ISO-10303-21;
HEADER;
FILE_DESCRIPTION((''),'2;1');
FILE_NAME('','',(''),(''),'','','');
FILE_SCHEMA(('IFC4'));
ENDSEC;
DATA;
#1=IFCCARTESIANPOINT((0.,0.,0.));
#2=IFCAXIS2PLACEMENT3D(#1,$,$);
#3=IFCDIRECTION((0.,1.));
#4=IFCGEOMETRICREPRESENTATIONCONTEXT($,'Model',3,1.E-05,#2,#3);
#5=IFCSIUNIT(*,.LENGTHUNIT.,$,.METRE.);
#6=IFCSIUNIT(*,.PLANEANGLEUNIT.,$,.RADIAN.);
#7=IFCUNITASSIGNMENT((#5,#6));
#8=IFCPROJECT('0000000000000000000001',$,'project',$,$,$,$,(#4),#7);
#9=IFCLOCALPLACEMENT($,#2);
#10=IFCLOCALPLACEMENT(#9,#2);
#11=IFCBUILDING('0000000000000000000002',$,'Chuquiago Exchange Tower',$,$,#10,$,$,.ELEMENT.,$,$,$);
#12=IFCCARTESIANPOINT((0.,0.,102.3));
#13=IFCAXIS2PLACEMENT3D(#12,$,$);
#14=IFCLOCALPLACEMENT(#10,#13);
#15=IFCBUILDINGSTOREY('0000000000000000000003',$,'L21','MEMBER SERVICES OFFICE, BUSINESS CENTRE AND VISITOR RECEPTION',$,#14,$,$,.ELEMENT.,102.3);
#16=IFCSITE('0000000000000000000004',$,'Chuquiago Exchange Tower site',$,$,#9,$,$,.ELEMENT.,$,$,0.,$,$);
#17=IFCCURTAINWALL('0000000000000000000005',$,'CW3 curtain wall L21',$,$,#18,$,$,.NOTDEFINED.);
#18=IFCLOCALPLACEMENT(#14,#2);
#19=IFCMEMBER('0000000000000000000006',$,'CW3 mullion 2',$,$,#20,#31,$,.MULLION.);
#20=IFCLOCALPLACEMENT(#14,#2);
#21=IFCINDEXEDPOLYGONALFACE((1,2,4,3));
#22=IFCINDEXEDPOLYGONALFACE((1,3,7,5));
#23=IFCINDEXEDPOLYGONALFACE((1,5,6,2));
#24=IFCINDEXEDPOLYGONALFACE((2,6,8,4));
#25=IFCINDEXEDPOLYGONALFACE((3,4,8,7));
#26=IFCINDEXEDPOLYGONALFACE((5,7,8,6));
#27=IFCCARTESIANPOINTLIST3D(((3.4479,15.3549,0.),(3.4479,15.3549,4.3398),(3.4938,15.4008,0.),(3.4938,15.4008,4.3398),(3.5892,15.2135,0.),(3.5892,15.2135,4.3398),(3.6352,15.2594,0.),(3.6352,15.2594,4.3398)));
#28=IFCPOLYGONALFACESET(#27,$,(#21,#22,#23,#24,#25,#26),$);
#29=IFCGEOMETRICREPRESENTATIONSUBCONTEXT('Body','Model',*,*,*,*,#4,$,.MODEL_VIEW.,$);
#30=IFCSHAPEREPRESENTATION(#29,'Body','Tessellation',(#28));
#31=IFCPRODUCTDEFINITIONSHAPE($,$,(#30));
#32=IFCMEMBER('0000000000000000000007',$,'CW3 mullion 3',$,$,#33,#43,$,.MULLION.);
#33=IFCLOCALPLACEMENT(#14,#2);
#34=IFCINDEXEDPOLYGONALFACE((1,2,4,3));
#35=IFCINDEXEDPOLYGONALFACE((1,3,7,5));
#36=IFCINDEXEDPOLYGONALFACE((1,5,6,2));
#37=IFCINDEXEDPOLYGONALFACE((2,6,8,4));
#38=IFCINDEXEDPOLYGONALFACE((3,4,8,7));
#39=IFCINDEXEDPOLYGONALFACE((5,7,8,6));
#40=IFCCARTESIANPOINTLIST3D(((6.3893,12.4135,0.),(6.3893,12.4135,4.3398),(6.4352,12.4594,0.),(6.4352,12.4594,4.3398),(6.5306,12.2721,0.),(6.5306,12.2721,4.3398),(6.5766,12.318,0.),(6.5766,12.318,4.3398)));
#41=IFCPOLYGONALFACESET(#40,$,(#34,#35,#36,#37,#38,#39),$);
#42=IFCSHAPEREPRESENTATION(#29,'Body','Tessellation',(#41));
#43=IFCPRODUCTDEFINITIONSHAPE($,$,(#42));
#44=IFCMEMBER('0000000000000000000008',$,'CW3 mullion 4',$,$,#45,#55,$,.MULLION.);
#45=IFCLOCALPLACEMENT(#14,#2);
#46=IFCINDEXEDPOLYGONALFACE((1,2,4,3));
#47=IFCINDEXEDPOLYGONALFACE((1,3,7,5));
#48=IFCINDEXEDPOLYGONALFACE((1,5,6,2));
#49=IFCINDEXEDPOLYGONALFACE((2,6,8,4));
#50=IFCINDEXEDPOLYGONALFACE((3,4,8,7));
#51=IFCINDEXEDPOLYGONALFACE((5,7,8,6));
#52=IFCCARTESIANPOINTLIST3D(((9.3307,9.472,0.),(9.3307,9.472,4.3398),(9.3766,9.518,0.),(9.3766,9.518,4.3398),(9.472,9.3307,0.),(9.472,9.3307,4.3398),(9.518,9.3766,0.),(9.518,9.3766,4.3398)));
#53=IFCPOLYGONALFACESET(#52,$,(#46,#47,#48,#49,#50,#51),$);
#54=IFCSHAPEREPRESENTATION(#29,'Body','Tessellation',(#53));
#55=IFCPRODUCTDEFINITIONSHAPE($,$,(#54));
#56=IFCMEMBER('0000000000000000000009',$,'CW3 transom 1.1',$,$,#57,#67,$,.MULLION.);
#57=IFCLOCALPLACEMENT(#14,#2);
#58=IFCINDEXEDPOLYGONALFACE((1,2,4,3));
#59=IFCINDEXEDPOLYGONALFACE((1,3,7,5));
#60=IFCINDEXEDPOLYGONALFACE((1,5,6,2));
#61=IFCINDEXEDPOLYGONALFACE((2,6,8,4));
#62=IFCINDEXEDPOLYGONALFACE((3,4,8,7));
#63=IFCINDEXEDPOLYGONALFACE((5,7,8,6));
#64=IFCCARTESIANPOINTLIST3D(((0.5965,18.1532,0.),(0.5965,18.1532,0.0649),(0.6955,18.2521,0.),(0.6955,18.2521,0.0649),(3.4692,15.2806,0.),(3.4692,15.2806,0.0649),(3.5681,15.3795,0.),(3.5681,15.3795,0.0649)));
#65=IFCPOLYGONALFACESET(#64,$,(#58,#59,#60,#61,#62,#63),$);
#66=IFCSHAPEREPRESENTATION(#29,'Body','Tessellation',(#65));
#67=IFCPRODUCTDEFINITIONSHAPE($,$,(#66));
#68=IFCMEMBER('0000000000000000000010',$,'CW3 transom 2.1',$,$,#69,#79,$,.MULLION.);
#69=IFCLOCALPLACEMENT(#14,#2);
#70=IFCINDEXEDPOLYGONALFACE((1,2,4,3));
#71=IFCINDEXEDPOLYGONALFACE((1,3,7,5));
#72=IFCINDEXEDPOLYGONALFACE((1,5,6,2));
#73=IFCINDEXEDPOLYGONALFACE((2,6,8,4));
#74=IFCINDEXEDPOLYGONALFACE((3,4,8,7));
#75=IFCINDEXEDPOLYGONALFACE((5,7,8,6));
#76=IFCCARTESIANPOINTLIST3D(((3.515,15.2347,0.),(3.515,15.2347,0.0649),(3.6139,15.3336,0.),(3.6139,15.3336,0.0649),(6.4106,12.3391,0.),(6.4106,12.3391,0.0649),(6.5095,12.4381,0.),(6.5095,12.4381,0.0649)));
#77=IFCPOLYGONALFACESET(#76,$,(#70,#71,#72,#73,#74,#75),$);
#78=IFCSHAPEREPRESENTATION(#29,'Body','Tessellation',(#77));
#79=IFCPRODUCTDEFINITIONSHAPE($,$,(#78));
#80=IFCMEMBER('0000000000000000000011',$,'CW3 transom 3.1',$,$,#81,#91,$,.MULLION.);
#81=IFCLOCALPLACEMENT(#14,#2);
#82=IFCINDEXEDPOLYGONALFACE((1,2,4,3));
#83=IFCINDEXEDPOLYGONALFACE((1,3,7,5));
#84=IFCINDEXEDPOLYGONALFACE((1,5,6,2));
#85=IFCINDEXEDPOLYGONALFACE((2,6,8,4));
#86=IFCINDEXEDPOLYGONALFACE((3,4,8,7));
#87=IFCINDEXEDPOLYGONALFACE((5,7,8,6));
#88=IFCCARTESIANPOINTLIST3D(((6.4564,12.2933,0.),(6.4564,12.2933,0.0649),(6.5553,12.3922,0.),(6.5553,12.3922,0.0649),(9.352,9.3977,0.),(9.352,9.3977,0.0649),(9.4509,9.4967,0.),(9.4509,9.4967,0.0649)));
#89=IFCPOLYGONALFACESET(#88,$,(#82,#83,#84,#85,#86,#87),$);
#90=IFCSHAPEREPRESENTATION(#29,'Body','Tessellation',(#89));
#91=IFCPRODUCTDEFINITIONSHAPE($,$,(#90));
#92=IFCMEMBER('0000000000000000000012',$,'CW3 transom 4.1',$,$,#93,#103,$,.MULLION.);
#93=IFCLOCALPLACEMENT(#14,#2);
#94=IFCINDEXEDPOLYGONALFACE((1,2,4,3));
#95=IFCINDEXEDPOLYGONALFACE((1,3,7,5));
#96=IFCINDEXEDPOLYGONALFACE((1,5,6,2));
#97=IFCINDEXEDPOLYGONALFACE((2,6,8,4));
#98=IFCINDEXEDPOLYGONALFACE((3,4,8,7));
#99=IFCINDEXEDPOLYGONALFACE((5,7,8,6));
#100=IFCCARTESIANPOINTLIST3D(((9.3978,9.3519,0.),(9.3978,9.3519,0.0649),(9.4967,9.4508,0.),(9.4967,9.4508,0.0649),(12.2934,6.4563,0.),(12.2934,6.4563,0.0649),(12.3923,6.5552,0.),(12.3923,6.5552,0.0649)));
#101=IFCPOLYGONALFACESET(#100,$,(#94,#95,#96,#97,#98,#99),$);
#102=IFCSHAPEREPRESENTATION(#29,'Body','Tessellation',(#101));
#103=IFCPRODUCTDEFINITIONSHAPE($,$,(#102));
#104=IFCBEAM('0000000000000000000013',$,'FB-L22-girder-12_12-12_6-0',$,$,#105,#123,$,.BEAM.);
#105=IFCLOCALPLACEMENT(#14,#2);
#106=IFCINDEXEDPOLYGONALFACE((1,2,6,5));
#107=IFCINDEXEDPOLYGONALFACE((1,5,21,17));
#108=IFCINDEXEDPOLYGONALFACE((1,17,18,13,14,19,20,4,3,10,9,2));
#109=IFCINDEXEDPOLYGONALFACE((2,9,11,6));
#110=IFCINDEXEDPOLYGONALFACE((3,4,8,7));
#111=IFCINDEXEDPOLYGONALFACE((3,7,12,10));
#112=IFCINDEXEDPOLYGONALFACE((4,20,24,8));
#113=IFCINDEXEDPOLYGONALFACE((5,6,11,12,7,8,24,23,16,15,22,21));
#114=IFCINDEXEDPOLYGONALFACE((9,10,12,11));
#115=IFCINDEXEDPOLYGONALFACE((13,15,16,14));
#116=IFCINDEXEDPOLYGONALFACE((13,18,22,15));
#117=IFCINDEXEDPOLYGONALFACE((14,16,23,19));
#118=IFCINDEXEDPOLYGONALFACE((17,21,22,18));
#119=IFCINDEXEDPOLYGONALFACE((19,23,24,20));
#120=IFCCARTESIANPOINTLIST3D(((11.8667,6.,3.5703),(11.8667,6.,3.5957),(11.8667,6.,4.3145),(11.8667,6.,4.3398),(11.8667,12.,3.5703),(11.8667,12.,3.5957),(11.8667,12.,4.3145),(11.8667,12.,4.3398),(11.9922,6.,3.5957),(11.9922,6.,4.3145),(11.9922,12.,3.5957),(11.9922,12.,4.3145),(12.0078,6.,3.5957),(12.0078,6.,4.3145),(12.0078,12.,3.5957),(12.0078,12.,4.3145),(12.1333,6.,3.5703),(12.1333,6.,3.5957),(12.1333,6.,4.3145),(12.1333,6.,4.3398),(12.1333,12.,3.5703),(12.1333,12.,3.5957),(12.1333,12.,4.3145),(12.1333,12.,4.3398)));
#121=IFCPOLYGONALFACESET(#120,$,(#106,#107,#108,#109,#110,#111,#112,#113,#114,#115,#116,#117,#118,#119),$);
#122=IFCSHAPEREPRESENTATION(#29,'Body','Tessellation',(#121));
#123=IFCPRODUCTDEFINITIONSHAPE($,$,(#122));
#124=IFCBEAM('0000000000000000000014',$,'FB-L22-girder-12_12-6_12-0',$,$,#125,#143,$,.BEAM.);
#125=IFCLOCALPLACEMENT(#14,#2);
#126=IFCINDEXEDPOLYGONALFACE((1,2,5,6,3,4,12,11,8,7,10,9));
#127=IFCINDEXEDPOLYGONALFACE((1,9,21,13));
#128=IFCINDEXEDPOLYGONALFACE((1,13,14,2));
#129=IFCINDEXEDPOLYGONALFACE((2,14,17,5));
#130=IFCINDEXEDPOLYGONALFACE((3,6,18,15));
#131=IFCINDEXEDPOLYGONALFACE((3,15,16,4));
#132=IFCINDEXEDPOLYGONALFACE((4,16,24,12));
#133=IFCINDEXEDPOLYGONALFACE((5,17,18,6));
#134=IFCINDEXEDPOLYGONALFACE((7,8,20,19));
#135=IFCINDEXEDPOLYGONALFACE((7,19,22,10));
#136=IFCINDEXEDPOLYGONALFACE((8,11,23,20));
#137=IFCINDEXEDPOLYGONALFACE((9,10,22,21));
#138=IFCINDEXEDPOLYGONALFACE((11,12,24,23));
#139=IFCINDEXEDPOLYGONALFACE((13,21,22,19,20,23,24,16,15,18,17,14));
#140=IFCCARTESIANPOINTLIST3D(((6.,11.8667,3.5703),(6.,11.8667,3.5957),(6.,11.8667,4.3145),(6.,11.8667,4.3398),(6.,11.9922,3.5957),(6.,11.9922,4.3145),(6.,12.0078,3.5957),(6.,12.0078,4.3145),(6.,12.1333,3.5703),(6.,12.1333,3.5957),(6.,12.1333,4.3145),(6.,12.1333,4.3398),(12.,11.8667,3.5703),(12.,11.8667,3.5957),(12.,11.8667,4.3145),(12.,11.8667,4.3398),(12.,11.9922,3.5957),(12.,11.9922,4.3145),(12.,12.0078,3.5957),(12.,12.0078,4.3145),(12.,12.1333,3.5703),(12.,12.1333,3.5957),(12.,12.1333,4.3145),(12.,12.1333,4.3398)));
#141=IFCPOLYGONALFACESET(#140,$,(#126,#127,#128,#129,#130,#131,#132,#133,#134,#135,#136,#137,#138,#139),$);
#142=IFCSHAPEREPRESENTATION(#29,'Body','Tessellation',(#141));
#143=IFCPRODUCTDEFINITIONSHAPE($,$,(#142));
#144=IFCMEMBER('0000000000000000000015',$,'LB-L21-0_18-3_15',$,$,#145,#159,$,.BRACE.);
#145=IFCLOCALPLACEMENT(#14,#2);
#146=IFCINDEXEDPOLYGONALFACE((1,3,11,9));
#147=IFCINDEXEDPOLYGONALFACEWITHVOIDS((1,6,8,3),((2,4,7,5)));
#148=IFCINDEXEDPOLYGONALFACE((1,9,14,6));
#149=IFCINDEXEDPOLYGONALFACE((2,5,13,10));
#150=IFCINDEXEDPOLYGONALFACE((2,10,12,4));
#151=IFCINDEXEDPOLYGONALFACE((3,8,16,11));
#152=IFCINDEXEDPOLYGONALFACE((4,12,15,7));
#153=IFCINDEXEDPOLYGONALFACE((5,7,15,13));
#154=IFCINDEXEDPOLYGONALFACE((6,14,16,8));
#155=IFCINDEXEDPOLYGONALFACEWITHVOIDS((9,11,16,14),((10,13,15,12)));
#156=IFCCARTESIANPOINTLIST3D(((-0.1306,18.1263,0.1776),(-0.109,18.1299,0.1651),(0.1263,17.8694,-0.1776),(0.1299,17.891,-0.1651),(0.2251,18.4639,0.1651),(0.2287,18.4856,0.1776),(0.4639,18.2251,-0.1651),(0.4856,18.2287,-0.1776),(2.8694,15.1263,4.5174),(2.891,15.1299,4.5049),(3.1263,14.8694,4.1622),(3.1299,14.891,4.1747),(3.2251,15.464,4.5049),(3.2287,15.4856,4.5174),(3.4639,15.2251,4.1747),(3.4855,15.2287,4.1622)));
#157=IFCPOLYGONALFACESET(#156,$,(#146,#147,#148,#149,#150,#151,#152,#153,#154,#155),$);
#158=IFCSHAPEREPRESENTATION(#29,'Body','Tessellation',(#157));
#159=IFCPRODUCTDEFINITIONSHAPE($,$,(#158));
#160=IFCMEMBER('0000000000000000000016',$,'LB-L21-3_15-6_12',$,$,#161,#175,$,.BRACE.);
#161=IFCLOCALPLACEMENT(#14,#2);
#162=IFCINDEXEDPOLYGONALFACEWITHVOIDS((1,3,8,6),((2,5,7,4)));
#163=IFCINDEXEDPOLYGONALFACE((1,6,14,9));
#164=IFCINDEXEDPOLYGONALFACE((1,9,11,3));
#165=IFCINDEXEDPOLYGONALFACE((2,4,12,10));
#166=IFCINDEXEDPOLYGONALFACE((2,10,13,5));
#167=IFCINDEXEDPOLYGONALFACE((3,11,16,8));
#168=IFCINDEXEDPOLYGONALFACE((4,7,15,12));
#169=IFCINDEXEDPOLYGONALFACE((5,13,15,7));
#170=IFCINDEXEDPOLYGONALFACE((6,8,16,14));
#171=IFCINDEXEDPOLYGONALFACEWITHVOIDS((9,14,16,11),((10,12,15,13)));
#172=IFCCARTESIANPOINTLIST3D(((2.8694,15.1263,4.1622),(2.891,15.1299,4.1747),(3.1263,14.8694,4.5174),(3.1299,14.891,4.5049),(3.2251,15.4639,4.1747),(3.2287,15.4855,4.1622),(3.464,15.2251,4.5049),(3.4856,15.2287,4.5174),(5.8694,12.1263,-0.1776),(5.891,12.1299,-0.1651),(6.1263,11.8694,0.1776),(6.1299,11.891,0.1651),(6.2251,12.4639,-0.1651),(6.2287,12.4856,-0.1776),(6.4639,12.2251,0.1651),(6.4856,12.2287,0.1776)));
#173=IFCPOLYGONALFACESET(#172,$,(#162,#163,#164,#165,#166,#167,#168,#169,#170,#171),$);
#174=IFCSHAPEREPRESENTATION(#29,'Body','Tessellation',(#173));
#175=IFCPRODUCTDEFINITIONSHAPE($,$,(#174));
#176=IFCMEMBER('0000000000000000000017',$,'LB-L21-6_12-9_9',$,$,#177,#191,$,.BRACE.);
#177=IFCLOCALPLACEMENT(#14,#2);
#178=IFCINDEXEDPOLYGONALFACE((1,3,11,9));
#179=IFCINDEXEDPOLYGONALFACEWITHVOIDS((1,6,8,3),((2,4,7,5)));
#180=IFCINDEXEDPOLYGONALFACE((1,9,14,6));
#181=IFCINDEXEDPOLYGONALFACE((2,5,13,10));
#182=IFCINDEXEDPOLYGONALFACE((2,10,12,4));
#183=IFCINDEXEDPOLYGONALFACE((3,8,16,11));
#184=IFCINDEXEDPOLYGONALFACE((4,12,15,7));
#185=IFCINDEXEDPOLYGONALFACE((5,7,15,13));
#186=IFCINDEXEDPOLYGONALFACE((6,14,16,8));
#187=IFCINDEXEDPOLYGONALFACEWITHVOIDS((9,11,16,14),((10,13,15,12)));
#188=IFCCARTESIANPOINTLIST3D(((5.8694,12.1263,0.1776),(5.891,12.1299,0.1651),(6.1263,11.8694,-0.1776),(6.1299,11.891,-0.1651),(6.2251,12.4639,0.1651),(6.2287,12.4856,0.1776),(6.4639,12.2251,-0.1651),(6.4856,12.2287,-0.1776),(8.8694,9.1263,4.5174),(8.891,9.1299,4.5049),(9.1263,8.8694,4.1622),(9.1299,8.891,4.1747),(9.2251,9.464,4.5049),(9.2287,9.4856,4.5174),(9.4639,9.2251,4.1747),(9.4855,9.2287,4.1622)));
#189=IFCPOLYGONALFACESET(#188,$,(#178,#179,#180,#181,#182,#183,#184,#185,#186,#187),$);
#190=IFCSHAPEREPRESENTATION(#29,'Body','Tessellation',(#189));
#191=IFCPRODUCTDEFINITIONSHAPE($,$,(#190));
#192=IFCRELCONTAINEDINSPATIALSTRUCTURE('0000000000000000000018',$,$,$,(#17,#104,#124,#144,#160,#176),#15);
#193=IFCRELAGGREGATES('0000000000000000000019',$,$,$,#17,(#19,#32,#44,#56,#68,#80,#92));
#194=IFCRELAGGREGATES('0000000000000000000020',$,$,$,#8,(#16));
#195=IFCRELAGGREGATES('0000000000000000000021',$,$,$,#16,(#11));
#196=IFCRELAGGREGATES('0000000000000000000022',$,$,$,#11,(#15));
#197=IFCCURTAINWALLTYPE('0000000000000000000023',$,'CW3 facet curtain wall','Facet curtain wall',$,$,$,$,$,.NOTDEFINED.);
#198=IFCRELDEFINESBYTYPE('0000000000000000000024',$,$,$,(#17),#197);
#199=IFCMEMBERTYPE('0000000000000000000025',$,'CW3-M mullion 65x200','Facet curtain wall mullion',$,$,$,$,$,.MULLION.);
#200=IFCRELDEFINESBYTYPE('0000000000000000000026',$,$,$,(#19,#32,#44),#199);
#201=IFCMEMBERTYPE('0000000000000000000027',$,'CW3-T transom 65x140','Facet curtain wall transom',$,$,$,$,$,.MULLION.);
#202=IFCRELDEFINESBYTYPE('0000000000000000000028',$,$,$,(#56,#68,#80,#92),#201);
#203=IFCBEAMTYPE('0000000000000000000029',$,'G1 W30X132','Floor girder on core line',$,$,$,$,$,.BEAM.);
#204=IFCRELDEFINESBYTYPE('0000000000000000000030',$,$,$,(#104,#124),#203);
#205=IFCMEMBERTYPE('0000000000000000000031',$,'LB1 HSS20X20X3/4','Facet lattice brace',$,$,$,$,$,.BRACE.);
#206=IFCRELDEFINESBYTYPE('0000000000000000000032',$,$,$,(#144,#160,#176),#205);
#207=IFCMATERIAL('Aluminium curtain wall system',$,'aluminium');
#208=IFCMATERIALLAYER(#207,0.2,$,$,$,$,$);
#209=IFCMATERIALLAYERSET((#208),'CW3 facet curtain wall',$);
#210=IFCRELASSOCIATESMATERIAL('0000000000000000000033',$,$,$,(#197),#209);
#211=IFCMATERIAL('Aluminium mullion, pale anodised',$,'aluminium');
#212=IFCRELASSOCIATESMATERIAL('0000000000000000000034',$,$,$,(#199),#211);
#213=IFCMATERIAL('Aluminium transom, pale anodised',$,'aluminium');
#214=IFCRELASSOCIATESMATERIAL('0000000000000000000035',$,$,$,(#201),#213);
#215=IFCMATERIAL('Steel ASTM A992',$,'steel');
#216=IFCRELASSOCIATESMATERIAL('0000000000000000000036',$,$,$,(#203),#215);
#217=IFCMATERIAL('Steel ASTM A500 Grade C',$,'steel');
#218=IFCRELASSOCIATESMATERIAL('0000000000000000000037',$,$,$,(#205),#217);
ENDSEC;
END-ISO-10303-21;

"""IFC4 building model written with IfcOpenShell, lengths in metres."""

from ifc_helpers import new_model, si_unit, direction, frame, origin, origin_2d, place, context, subcontext, project, spatial, rectangle, hollow_rectangle, i_section, extrude, material, layer, layer_set, material_profile, profile_set, type_object, element, aggregate, save


model = new_model("IFC4")

# Units and contexts
model_context = context("Model", 3, precision=1e-05, world=origin(), true_north=direction((0.0, 1.0)))
body_context = subcontext(model_context, "Body", "Model", "MODEL_VIEW")
ifc_project = project(units=[si_unit("LENGTHUNIT", "METRE"), si_unit("PLANEANGLEUNIT", "RADIAN")], contexts=[model_context])

# Site, building, storey
site_placement = place(None, origin())
site = spatial("IfcSite", under=ifc_project, at=site_placement, Name="Chuquiago Exchange Tower site", CompositionType="ELEMENT", RefElevation=0.0)
building_placement = place(site_placement, origin())
building = spatial("IfcBuilding", under=site, at=building_placement, Name="Chuquiago Exchange Tower", CompositionType="ELEMENT")
storey_placement = place(building_placement, frame((0.0, 0.0, 102.3)))
storey = spatial("IfcBuildingStorey", under=building, at=storey_placement, Name="L21", Description="MEMBER SERVICES OFFICE, BUSINESS CENTRE AND VISITOR RECEPTION", CompositionType="ELEMENT", Elevation=102.3)

# Curtain wall, members
ifc_material_1 = material(Name="Aluminium curtain wall system", Category="aluminium")
ifc_layer_1 = layer(ifc_material_1, 0.2)
ifc_layer_set_1 = layer_set([ifc_layer_1], Name="CW3 facet curtain wall")
curtain_wall_type_1 = type_object("IfcCurtainWallType", Name="CW3 facet curtain wall", Description="Facet curtain wall", PredefinedType="NOTDEFINED", material=ifc_layer_set_1)
curtain_wall_1_placement = place(storey_placement, origin())
curtain_wall_1 = element("IfcCurtainWall", 1, at=curtain_wall_1_placement, inside=storey, type_object=curtain_wall_type_1, Name="CW3 curtain wall L21", PredefinedType="NOTDEFINED")
ifc_material_2 = material(Name="Aluminium mullion, pale anodised", Category="aluminium")
ifc_material_profile_1 = material_profile(ifc_material_2, rectangle(XDim=0.0649, YDim=0.2, at=origin_2d()), Name="AL 65x200")
ifc_profile_set_1 = profile_set([ifc_material_profile_1], Name="Aluminium mullion, pale anodised")
member_type_1 = type_object("IfcMemberType", Name="CW3-M mullion 65x200", Description="Facet curtain wall mullion", PredefinedType="MULLION", material=ifc_profile_set_1)
member_1_placement = place(storey_placement, frame((3.5415, 15.3071, 0.0), z_axis=(0.0, 0.0, 1.0), x_axis=(0.707107, 0.707107, 0.0)))
member_1 = element("IfcMember", 2, at=member_1_placement, type_object=member_type_1, Name="CW3 mullion 2", PredefinedType="MULLION", context=body_context, shape_type="SweptSolid", body=[
    extrude(rectangle(XDim=0.0649, YDim=0.2, at=origin_2d()), origin(), (0.0, 0.0, 1.0), 4.3398),
])
member_2_placement = place(storey_placement, frame((6.4829, 12.3657, 0.0), z_axis=(0.0, 0.0, 1.0), x_axis=(0.707107, 0.707107, 0.0)))
member_2 = element("IfcMember", 3, at=member_2_placement, type_object=member_type_1, Name="CW3 mullion 3", PredefinedType="MULLION", context=body_context, shape_type="SweptSolid", body=[
    extrude(rectangle(XDim=0.0649, YDim=0.2, at=origin_2d()), origin(), (0.0, 0.0, 1.0), 4.3398),
])
member_3_placement = place(storey_placement, frame((9.4243, 9.4243, 0.0), z_axis=(0.0, 0.0, 1.0), x_axis=(0.707107, 0.707107, 0.0)))
member_3 = element("IfcMember", 4, at=member_3_placement, type_object=member_type_1, Name="CW3 mullion 4", PredefinedType="MULLION", context=body_context, shape_type="SweptSolid", body=[
    extrude(rectangle(XDim=0.0649, YDim=0.2, at=origin_2d()), origin(), (0.0, 0.0, 1.0), 4.3398),
])
ifc_material_3 = material(Name="Aluminium transom, pale anodised", Category="aluminium")
ifc_material_profile_2 = material_profile(ifc_material_3, rectangle(XDim=0.1399, YDim=0.0649, at=origin_2d()), Name="AL 140x65")
ifc_profile_set_2 = profile_set([ifc_material_profile_2], Name="Aluminium transom, pale anodised")
member_type_2 = type_object("IfcMemberType", Name="CW3-T transom 65x140", Description="Facet curtain wall transom", PredefinedType="MULLION", material=ifc_profile_set_2)
member_4_placement = place(storey_placement, frame((0.646, 18.2026, 0.0325), z_axis=(0.707107, -0.707107, 0.0), x_axis=(0.707107, 0.707107, 0.0)))
member_4 = element("IfcMember", 5, at=member_4_placement, type_object=member_type_2, Name="CW3 transom 1.1", PredefinedType="MULLION", context=body_context, shape_type="SweptSolid", body=[
    extrude(rectangle(XDim=0.1399, YDim=0.0649, at=origin_2d()), origin(), (0.0, 0.0, 1.0), 4.0625),
])
member_5_placement = place(storey_placement, frame((3.5645, 15.2842, 0.0325), z_axis=(0.707107, -0.707107, 0.0), x_axis=(0.707107, 0.707107, 0.0)))
member_5 = element("IfcMember", 6, at=member_5_placement, type_object=member_type_2, Name="CW3 transom 2.1", PredefinedType="MULLION", context=body_context, shape_type="SweptSolid", body=[
    extrude(rectangle(XDim=0.1399, YDim=0.0649, at=origin_2d()), origin(), (0.0, 0.0, 1.0), 4.095),
])
member_6_placement = place(storey_placement, frame((6.5059, 12.3428, 0.0325), z_axis=(0.707107, -0.707107, 0.0), x_axis=(0.707107, 0.707107, 0.0)))
member_6 = element("IfcMember", 7, at=member_6_placement, type_object=member_type_2, Name="CW3 transom 3.1", PredefinedType="MULLION", context=body_context, shape_type="SweptSolid", body=[
    extrude(rectangle(XDim=0.1399, YDim=0.0649, at=origin_2d()), origin(), (0.0, 0.0, 1.0), 4.095),
])
member_7_placement = place(storey_placement, frame((9.4473, 9.4014, 0.0325), z_axis=(0.707107, -0.707107, 0.0), x_axis=(0.707107, 0.707107, 0.0)))
member_7 = element("IfcMember", 8, at=member_7_placement, type_object=member_type_2, Name="CW3 transom 4.1", PredefinedType="MULLION", context=body_context, shape_type="SweptSolid", body=[
    extrude(rectangle(XDim=0.1399, YDim=0.0649, at=origin_2d()), origin(), (0.0, 0.0, 1.0), 4.095),
])

# Beams
ifc_material_4 = material(Name="Steel ASTM A992", Category="steel")
ifc_material_profile_3 = material_profile(ifc_material_4, i_section(OverallWidth=0.2666, OverallDepth=0.7695, WebThickness=0.0156, FlangeThickness=0.0254, at=origin_2d()), Name="W30X132")
ifc_profile_set_3 = profile_set([ifc_material_profile_3], Name="Steel ASTM A992")
beam_type_1 = type_object("IfcBeamType", Name="G1 W30X132", Description="Floor girder on core line", PredefinedType="BEAM", material=ifc_profile_set_3)
for number, where, z_axis, x_axis, name in (
    (9, (12.0, 12.0, 3.9551), (0.0, -1.0, 0.0), (1.0, 0.0, 0.0), "FB-L22-girder-12_12-12_6-0"),
    (10, (12.0, 12.0, 3.9551), (-1.0, 0.0, 0.0), (0.0, -1.0, 0.0), "FB-L22-girder-12_12-6_12-0"),
):
    element("IfcBeam", number, at=place(storey_placement, frame(where, z_axis=z_axis, x_axis=x_axis)), inside=storey, type_object=beam_type_1, Name=name, PredefinedType="BEAM", context=body_context, shape_type="SweptSolid", body=[
        extrude(i_section(OverallWidth=0.2666, OverallDepth=0.7695, WebThickness=0.0156, FlangeThickness=0.0254, at=origin_2d()), origin(), (0.0, 0.0, 1.0), 6.0),
    ])

# Members
ifc_material_5 = material(Name="Steel ASTM A500 Grade C", Category="steel")
ifc_material_profile_4 = material_profile(ifc_material_5, hollow_rectangle(XDim=0.5081, YDim=0.5081, WallThickness=0.0178, at=origin_2d()), Name="HSS20X20X3/4")
ifc_profile_set_4 = profile_set([ifc_material_profile_4], Name="Steel ASTM A500 Grade C")
member_type_3 = type_object("IfcMemberType", Name="LB1 HSS20X20X3/4", Description="Facet lattice brace", PredefinedType="BRACE", material=ifc_profile_set_4)
for number, where, z_axis, x_axis, name in (
    (11, (0.1775, 18.1775, 0.0), (0.494305, -0.494305, 0.715069), (0.707107, 0.707107, 0.0), "LB-L21-0_18-3_15"),
    (12, (6.1775, 12.1775, 0.0), (-0.494305, 0.494305, 0.715069), (-0.707107, -0.707107, 0.0), "LB-L21-3_15-6_12"),
    (13, (6.1775, 12.1775, 0.0), (0.494305, -0.494305, 0.715069), (0.707107, 0.707107, 0.0), "LB-L21-6_12-9_9"),
):
    element("IfcMember", number, at=place(storey_placement, frame(where, z_axis=z_axis, x_axis=x_axis)), inside=storey, type_object=member_type_3, Name=name, PredefinedType="BRACE", context=body_context, shape_type="SweptSolid", body=[
        extrude(hollow_rectangle(XDim=0.5081, YDim=0.5081, WallThickness=0.0178, at=origin_2d()), origin(), (0.0, 0.0, 1.0), 6.0691),
    ])

aggregate(curtain_wall_1, [member_1, member_2, member_3, member_4, member_5, member_6, member_7])

save(model, "model.ifc")
